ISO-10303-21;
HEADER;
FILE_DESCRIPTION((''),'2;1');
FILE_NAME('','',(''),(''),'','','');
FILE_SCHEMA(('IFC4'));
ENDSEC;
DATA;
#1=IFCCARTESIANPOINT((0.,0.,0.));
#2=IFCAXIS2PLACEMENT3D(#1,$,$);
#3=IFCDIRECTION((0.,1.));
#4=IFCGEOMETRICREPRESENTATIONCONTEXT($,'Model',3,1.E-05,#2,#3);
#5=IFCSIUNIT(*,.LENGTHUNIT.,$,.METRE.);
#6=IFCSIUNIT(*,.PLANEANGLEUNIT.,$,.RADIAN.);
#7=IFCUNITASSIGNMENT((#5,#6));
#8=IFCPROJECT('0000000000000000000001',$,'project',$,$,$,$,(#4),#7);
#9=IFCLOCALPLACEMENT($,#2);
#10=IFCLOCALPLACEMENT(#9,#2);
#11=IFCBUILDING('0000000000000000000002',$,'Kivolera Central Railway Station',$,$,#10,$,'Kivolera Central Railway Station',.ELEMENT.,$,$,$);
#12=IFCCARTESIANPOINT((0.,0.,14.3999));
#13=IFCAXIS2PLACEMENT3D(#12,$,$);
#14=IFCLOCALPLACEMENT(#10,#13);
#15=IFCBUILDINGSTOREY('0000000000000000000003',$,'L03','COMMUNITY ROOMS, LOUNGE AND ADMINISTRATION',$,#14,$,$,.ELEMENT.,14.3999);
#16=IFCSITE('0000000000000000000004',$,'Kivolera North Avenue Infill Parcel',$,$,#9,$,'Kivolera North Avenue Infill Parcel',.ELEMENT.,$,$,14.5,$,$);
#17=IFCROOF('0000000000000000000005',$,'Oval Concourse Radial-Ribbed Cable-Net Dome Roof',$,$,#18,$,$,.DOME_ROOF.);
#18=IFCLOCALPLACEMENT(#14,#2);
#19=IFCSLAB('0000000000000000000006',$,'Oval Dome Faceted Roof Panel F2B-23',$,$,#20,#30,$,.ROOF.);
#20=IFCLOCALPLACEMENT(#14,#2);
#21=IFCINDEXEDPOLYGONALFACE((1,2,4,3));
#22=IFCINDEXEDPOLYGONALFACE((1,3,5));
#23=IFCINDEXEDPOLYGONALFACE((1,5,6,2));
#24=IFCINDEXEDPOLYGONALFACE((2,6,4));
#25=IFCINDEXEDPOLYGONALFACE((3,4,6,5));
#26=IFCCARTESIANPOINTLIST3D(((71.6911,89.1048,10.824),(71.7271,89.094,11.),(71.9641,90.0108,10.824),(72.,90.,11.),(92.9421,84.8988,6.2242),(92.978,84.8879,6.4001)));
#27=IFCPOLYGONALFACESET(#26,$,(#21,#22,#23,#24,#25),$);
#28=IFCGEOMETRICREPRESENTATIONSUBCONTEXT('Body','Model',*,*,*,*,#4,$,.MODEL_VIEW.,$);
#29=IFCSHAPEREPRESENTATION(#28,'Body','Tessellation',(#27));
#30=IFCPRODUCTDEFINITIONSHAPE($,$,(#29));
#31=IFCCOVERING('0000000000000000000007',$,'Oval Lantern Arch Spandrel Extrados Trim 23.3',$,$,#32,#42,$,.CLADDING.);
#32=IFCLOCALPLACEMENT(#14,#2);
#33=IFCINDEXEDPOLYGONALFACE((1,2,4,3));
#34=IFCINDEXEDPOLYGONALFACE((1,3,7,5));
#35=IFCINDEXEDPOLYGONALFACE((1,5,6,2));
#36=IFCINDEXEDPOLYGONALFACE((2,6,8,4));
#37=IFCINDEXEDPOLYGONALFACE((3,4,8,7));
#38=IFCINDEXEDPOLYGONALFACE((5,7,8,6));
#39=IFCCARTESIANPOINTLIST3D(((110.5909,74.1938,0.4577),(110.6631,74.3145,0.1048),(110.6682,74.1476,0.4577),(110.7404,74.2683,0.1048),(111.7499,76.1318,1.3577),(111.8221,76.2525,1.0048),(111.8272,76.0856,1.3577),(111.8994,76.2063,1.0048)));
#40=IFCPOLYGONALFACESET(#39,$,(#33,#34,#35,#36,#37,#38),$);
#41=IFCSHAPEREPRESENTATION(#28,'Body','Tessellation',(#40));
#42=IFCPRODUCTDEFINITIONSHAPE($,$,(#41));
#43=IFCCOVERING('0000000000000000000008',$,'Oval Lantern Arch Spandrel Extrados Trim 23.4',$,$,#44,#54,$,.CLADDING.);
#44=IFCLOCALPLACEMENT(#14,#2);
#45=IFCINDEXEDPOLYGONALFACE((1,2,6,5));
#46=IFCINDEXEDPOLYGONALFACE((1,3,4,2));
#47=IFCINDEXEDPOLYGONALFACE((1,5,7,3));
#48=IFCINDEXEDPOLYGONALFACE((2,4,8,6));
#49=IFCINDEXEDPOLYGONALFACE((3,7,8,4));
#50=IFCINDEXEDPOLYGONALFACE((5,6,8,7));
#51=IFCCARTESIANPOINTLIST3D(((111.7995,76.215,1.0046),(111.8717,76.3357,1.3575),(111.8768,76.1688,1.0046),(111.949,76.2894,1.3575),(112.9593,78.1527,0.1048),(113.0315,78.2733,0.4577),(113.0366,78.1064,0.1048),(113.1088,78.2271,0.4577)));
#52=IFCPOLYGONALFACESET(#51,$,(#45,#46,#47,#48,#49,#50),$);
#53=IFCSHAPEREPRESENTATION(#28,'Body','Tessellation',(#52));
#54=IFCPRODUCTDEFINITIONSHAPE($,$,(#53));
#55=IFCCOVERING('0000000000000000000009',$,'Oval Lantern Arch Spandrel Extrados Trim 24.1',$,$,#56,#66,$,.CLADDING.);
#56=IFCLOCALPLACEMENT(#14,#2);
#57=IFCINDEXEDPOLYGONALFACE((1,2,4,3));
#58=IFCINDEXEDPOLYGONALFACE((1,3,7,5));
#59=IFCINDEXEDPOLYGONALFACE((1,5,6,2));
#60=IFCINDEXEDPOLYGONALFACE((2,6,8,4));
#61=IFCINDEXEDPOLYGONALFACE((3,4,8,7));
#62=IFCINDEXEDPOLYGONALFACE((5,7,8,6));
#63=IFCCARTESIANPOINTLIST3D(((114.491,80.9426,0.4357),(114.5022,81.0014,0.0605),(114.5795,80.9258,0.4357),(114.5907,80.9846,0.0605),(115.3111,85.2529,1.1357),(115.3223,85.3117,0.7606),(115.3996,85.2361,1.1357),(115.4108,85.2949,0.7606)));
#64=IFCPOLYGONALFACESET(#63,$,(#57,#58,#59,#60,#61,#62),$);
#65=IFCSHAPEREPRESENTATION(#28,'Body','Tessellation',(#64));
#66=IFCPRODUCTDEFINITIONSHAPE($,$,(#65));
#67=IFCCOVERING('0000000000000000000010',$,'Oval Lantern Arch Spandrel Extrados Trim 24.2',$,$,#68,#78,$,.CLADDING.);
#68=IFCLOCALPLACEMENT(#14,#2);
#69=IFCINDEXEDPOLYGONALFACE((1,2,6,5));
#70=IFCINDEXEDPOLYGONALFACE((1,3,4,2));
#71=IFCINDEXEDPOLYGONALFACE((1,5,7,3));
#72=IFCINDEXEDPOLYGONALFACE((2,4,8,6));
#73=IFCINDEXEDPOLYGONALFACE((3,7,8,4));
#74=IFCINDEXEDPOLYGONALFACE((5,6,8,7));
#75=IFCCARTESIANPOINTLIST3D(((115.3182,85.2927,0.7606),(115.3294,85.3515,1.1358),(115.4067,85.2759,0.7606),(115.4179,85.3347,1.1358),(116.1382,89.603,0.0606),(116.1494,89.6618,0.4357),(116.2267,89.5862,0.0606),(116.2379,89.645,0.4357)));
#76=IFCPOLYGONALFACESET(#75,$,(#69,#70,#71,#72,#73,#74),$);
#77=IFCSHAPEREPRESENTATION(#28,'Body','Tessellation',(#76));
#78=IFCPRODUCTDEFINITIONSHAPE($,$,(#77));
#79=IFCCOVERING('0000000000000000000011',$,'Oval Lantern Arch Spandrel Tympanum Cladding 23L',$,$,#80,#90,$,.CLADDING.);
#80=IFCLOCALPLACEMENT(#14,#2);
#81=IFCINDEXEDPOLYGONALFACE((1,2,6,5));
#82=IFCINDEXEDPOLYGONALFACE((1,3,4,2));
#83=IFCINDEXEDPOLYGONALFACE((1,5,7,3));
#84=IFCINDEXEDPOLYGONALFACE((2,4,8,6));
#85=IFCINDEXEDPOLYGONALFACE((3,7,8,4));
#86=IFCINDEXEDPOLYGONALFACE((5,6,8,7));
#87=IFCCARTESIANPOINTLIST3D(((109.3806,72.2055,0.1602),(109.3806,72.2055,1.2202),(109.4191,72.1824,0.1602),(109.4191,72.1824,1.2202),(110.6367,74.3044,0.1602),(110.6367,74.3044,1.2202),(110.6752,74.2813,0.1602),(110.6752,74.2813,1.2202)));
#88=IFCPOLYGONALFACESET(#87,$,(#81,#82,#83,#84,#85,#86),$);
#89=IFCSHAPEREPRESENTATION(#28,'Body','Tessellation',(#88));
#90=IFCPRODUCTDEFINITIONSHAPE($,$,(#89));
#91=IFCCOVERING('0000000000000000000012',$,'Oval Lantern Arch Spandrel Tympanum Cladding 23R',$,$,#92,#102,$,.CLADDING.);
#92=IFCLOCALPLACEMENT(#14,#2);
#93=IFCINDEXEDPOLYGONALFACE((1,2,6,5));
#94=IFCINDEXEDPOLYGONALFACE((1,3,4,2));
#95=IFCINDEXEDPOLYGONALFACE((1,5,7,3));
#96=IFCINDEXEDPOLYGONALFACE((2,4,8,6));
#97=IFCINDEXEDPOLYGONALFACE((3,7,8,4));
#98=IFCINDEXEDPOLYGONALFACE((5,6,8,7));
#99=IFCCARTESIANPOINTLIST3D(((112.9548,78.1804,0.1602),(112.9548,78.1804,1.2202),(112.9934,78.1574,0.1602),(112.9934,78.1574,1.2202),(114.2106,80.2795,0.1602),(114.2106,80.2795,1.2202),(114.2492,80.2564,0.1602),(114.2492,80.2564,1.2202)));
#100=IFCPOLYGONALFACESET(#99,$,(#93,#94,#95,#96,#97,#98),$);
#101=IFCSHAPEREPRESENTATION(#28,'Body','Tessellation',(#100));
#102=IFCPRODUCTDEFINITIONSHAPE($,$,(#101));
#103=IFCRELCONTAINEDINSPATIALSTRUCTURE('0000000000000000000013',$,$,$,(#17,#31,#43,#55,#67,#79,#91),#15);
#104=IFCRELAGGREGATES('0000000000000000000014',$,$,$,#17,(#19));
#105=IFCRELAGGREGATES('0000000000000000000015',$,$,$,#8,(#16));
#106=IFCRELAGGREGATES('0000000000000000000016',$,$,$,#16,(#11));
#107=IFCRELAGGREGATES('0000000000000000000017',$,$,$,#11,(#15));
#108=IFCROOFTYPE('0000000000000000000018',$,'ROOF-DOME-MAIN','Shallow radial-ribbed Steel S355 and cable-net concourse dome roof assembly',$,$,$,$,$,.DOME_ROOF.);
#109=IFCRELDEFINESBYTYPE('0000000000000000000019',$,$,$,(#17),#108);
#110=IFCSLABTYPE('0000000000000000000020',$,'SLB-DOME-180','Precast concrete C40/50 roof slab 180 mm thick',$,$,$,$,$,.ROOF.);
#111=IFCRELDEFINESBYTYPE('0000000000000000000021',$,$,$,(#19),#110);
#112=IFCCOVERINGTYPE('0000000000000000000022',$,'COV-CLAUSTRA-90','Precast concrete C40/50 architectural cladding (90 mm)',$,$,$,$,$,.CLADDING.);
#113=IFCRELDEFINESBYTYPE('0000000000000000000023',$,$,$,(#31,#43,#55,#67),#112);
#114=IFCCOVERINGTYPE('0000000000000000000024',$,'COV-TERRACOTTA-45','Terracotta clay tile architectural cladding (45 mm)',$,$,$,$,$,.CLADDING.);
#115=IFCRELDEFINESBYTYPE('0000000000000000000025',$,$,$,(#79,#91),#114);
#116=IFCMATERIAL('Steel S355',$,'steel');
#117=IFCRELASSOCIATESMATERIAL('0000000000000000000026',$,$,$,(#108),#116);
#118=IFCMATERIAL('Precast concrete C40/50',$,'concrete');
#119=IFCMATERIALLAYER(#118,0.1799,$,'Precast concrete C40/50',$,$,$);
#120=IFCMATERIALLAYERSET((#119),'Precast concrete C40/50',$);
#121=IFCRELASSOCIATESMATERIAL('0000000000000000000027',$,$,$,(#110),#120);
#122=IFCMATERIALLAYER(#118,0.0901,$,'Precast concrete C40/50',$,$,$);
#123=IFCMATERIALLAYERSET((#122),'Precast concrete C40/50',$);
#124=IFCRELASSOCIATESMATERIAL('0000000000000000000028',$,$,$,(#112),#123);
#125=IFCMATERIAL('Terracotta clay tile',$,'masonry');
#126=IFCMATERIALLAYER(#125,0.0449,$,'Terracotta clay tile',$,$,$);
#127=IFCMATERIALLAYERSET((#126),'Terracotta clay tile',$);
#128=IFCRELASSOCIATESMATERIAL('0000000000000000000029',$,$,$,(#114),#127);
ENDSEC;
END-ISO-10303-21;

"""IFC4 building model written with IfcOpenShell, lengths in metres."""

from ifc_helpers import new_model, si_unit, direction, frame, frame_2d, origin, origin_2d, place, context, subcontext, project, spatial, polyline, rectangle, outline, extrude, material, layer, layer_set, type_object, element, aggregate, save


model = new_model("IFC4")

# Units and contexts
model_context = context("Model", 3, precision=1e-05, world=origin(), true_north=direction((0.0, 1.0)))
body_context = subcontext(model_context, "Body", "Model", "MODEL_VIEW")
ifc_project = project(units=[si_unit("LENGTHUNIT", "METRE"), si_unit("PLANEANGLEUNIT", "RADIAN")], contexts=[model_context])

# Site, building, storey
site_placement = place(None, origin())
site = spatial("IfcSite", under=ifc_project, at=site_placement, Name="Kivolera North Avenue Infill Parcel", LongName="Kivolera North Avenue Infill Parcel", CompositionType="ELEMENT", RefElevation=14.5)
building_placement = place(site_placement, origin())
building = spatial("IfcBuilding", under=site, at=building_placement, Name="Kivolera Central Railway Station", LongName="Kivolera Central Railway Station", CompositionType="ELEMENT")
storey_placement = place(building_placement, frame((0.0, 0.0, 14.3999)))
storey = spatial("IfcBuildingStorey", under=building, at=storey_placement, Name="L03", Description="COMMUNITY ROOMS, LOUNGE AND ADMINISTRATION", CompositionType="ELEMENT", Elevation=14.3999)

# Shared definitions
ifc_material_1 = material(Name="Steel S355", Category="steel")

# Roof, slab
roof_type = type_object("IfcRoofType", Name="ROOF-DOME-MAIN", Description="Shallow radial-ribbed Steel S355 and cable-net concourse dome roof assembly", PredefinedType="DOME_ROOF", material=ifc_material_1)
roof_placement = place(storey_placement, origin())
roof = element("IfcRoof", 1, at=roof_placement, inside=storey, type_object=roof_type, Name="Oval Concourse Radial-Ribbed Cable-Net Dome Roof", PredefinedType="DOME_ROOF")
ifc_material_2 = material(Name="Precast concrete C40/50", Category="concrete")
ifc_layer_1 = layer(ifc_material_2, 0.1799, Name="Precast concrete C40/50")
ifc_layer_set_1 = layer_set([ifc_layer_1], Name="Precast concrete C40/50")
slab_type = type_object("IfcSlabType", Name="SLB-DOME-180", Description="Precast concrete C40/50 roof slab 180 mm thick", PredefinedType="ROOF", material=ifc_layer_set_1)
slab_1_placement = place(storey_placement, frame((92.978, 84.8879, 6.4001), z_axis=(0.199778, -0.060186, 0.977991), x_axis=(-0.950245, 0.231562, 0.20836)))
slab_1 = element("IfcSlab", 2, at=slab_1_placement, type_object=slab_type, Name="Oval Dome Faceted Roof Panel F2B-23", PredefinedType="ROOF", context=body_context, shape_type="SweptSolid", body=[
    extrude(outline(polyline([(0.0, 0.0), (22.0764, 0.0), (22.126, 0.9449), (0.0, 0.0)])), origin(), (0.0, 0.0, -1.0), 0.1799),
])
aggregate(roof, [slab_1])

# Coverings
ifc_layer_2 = layer(ifc_material_2, 0.0901, Name="Precast concrete C40/50")
ifc_layer_set_2 = layer_set([ifc_layer_2], Name="Precast concrete C40/50")
covering_type_1 = type_object("IfcCoveringType", Name="COV-CLAUSTRA-90", Description="Precast concrete C40/50 architectural cladding (90 mm)", PredefinedType="CLADDING", material=ifc_layer_set_2)
for number, where, z_axis, x_axis, name in (
    (3, (111.2451, 75.2, 0.7312), (0.476784, 0.797246, 0.370238), (0.858138, -0.51342, 0.0), "Oval Lantern Arch Spandrel Extrados Trim 23.3"),
    (4, (112.4541, 77.2209, 0.7312), (0.477102, 0.797089, -0.370165), (0.858138, -0.51342, 0.0), "Oval Lantern Arch Spandrel Extrados Trim 23.4"),
):
    element("IfcCovering", number, at=place(storey_placement, frame(where, z_axis=z_axis, x_axis=x_axis)), inside=storey, type_object=covering_type_1, Name=name, PredefinedType="CLADDING", context=body_context, shape_type="SweptSolid", body=[
        extrude(rectangle(XDim=0.0901, YDim=0.3799, at=origin_2d()), frame((0.0, 0.0, -1.2153)), (0.0, 0.0, 1.0), 2.4309),
    ])
for number, where, z_axis, x_axis, name in (
    (5, (114.9509, 83.1189, 0.5981), (0.184568, 0.970108, 0.157558), (0.98239, -0.186841, 0.0), "Oval Lantern Arch Spandrel Extrados Trim 24.1"),
    (6, (115.7781, 87.469, 0.5981), (0.184568, 0.970108, -0.157558), (0.98239, -0.186841, 0.0), "Oval Lantern Arch Spandrel Extrados Trim 24.2"),
):
    element("IfcCovering", number, at=place(storey_placement, frame(where, z_axis=z_axis, x_axis=x_axis)), inside=storey, type_object=covering_type_1, Name=name, PredefinedType="CLADDING", context=body_context, shape_type="SweptSolid", body=[
        extrude(rectangle(XDim=0.0901, YDim=0.3799, at=origin_2d()), frame((0.0, 0.0, -2.2217)), (0.0, 0.0, 1.0), 4.4431),
    ])
ifc_material_3 = material(Name="Terracotta clay tile", Category="masonry")
ifc_layer_3 = layer(ifc_material_3, 0.0449, Name="Terracotta clay tile")
ifc_layer_set_3 = layer_set([ifc_layer_3], Name="Terracotta clay tile")
covering_type_2 = type_object("IfcCoveringType", Name="COV-TERRACOTTA-45", Description="Terracotta clay tile architectural cladding (45 mm)", PredefinedType="CLADDING", material=ifc_layer_set_3)
for number, where, z_axis, x_axis, name in (
    (7, (110.656, 74.293, 0.1602), (0.0, 0.0, 1.0), (-0.513527, -0.858074, 0.0), "Oval Lantern Arch Spandrel Tympanum Cladding 23L"),
    (8, (114.23, 80.2681, 0.1602), (0.0, 0.0, 1.0), (-0.513409, -0.858144, 0.0), "Oval Lantern Arch Spandrel Tympanum Cladding 23R"),
):
    element("IfcCovering", number, at=place(storey_placement, frame(where, z_axis=z_axis, x_axis=x_axis)), inside=storey, type_object=covering_type_2, Name=name, PredefinedType="CLADDING", context=body_context, shape_type="SweptSolid", body=[
        extrude(rectangle(XDim=2.446, YDim=0.0449, at=frame_2d((1.2231, 0.0))), origin(), (0.0, 0.0, 1.0), 1.0601),
    ])

save(model, "model.ifc")
